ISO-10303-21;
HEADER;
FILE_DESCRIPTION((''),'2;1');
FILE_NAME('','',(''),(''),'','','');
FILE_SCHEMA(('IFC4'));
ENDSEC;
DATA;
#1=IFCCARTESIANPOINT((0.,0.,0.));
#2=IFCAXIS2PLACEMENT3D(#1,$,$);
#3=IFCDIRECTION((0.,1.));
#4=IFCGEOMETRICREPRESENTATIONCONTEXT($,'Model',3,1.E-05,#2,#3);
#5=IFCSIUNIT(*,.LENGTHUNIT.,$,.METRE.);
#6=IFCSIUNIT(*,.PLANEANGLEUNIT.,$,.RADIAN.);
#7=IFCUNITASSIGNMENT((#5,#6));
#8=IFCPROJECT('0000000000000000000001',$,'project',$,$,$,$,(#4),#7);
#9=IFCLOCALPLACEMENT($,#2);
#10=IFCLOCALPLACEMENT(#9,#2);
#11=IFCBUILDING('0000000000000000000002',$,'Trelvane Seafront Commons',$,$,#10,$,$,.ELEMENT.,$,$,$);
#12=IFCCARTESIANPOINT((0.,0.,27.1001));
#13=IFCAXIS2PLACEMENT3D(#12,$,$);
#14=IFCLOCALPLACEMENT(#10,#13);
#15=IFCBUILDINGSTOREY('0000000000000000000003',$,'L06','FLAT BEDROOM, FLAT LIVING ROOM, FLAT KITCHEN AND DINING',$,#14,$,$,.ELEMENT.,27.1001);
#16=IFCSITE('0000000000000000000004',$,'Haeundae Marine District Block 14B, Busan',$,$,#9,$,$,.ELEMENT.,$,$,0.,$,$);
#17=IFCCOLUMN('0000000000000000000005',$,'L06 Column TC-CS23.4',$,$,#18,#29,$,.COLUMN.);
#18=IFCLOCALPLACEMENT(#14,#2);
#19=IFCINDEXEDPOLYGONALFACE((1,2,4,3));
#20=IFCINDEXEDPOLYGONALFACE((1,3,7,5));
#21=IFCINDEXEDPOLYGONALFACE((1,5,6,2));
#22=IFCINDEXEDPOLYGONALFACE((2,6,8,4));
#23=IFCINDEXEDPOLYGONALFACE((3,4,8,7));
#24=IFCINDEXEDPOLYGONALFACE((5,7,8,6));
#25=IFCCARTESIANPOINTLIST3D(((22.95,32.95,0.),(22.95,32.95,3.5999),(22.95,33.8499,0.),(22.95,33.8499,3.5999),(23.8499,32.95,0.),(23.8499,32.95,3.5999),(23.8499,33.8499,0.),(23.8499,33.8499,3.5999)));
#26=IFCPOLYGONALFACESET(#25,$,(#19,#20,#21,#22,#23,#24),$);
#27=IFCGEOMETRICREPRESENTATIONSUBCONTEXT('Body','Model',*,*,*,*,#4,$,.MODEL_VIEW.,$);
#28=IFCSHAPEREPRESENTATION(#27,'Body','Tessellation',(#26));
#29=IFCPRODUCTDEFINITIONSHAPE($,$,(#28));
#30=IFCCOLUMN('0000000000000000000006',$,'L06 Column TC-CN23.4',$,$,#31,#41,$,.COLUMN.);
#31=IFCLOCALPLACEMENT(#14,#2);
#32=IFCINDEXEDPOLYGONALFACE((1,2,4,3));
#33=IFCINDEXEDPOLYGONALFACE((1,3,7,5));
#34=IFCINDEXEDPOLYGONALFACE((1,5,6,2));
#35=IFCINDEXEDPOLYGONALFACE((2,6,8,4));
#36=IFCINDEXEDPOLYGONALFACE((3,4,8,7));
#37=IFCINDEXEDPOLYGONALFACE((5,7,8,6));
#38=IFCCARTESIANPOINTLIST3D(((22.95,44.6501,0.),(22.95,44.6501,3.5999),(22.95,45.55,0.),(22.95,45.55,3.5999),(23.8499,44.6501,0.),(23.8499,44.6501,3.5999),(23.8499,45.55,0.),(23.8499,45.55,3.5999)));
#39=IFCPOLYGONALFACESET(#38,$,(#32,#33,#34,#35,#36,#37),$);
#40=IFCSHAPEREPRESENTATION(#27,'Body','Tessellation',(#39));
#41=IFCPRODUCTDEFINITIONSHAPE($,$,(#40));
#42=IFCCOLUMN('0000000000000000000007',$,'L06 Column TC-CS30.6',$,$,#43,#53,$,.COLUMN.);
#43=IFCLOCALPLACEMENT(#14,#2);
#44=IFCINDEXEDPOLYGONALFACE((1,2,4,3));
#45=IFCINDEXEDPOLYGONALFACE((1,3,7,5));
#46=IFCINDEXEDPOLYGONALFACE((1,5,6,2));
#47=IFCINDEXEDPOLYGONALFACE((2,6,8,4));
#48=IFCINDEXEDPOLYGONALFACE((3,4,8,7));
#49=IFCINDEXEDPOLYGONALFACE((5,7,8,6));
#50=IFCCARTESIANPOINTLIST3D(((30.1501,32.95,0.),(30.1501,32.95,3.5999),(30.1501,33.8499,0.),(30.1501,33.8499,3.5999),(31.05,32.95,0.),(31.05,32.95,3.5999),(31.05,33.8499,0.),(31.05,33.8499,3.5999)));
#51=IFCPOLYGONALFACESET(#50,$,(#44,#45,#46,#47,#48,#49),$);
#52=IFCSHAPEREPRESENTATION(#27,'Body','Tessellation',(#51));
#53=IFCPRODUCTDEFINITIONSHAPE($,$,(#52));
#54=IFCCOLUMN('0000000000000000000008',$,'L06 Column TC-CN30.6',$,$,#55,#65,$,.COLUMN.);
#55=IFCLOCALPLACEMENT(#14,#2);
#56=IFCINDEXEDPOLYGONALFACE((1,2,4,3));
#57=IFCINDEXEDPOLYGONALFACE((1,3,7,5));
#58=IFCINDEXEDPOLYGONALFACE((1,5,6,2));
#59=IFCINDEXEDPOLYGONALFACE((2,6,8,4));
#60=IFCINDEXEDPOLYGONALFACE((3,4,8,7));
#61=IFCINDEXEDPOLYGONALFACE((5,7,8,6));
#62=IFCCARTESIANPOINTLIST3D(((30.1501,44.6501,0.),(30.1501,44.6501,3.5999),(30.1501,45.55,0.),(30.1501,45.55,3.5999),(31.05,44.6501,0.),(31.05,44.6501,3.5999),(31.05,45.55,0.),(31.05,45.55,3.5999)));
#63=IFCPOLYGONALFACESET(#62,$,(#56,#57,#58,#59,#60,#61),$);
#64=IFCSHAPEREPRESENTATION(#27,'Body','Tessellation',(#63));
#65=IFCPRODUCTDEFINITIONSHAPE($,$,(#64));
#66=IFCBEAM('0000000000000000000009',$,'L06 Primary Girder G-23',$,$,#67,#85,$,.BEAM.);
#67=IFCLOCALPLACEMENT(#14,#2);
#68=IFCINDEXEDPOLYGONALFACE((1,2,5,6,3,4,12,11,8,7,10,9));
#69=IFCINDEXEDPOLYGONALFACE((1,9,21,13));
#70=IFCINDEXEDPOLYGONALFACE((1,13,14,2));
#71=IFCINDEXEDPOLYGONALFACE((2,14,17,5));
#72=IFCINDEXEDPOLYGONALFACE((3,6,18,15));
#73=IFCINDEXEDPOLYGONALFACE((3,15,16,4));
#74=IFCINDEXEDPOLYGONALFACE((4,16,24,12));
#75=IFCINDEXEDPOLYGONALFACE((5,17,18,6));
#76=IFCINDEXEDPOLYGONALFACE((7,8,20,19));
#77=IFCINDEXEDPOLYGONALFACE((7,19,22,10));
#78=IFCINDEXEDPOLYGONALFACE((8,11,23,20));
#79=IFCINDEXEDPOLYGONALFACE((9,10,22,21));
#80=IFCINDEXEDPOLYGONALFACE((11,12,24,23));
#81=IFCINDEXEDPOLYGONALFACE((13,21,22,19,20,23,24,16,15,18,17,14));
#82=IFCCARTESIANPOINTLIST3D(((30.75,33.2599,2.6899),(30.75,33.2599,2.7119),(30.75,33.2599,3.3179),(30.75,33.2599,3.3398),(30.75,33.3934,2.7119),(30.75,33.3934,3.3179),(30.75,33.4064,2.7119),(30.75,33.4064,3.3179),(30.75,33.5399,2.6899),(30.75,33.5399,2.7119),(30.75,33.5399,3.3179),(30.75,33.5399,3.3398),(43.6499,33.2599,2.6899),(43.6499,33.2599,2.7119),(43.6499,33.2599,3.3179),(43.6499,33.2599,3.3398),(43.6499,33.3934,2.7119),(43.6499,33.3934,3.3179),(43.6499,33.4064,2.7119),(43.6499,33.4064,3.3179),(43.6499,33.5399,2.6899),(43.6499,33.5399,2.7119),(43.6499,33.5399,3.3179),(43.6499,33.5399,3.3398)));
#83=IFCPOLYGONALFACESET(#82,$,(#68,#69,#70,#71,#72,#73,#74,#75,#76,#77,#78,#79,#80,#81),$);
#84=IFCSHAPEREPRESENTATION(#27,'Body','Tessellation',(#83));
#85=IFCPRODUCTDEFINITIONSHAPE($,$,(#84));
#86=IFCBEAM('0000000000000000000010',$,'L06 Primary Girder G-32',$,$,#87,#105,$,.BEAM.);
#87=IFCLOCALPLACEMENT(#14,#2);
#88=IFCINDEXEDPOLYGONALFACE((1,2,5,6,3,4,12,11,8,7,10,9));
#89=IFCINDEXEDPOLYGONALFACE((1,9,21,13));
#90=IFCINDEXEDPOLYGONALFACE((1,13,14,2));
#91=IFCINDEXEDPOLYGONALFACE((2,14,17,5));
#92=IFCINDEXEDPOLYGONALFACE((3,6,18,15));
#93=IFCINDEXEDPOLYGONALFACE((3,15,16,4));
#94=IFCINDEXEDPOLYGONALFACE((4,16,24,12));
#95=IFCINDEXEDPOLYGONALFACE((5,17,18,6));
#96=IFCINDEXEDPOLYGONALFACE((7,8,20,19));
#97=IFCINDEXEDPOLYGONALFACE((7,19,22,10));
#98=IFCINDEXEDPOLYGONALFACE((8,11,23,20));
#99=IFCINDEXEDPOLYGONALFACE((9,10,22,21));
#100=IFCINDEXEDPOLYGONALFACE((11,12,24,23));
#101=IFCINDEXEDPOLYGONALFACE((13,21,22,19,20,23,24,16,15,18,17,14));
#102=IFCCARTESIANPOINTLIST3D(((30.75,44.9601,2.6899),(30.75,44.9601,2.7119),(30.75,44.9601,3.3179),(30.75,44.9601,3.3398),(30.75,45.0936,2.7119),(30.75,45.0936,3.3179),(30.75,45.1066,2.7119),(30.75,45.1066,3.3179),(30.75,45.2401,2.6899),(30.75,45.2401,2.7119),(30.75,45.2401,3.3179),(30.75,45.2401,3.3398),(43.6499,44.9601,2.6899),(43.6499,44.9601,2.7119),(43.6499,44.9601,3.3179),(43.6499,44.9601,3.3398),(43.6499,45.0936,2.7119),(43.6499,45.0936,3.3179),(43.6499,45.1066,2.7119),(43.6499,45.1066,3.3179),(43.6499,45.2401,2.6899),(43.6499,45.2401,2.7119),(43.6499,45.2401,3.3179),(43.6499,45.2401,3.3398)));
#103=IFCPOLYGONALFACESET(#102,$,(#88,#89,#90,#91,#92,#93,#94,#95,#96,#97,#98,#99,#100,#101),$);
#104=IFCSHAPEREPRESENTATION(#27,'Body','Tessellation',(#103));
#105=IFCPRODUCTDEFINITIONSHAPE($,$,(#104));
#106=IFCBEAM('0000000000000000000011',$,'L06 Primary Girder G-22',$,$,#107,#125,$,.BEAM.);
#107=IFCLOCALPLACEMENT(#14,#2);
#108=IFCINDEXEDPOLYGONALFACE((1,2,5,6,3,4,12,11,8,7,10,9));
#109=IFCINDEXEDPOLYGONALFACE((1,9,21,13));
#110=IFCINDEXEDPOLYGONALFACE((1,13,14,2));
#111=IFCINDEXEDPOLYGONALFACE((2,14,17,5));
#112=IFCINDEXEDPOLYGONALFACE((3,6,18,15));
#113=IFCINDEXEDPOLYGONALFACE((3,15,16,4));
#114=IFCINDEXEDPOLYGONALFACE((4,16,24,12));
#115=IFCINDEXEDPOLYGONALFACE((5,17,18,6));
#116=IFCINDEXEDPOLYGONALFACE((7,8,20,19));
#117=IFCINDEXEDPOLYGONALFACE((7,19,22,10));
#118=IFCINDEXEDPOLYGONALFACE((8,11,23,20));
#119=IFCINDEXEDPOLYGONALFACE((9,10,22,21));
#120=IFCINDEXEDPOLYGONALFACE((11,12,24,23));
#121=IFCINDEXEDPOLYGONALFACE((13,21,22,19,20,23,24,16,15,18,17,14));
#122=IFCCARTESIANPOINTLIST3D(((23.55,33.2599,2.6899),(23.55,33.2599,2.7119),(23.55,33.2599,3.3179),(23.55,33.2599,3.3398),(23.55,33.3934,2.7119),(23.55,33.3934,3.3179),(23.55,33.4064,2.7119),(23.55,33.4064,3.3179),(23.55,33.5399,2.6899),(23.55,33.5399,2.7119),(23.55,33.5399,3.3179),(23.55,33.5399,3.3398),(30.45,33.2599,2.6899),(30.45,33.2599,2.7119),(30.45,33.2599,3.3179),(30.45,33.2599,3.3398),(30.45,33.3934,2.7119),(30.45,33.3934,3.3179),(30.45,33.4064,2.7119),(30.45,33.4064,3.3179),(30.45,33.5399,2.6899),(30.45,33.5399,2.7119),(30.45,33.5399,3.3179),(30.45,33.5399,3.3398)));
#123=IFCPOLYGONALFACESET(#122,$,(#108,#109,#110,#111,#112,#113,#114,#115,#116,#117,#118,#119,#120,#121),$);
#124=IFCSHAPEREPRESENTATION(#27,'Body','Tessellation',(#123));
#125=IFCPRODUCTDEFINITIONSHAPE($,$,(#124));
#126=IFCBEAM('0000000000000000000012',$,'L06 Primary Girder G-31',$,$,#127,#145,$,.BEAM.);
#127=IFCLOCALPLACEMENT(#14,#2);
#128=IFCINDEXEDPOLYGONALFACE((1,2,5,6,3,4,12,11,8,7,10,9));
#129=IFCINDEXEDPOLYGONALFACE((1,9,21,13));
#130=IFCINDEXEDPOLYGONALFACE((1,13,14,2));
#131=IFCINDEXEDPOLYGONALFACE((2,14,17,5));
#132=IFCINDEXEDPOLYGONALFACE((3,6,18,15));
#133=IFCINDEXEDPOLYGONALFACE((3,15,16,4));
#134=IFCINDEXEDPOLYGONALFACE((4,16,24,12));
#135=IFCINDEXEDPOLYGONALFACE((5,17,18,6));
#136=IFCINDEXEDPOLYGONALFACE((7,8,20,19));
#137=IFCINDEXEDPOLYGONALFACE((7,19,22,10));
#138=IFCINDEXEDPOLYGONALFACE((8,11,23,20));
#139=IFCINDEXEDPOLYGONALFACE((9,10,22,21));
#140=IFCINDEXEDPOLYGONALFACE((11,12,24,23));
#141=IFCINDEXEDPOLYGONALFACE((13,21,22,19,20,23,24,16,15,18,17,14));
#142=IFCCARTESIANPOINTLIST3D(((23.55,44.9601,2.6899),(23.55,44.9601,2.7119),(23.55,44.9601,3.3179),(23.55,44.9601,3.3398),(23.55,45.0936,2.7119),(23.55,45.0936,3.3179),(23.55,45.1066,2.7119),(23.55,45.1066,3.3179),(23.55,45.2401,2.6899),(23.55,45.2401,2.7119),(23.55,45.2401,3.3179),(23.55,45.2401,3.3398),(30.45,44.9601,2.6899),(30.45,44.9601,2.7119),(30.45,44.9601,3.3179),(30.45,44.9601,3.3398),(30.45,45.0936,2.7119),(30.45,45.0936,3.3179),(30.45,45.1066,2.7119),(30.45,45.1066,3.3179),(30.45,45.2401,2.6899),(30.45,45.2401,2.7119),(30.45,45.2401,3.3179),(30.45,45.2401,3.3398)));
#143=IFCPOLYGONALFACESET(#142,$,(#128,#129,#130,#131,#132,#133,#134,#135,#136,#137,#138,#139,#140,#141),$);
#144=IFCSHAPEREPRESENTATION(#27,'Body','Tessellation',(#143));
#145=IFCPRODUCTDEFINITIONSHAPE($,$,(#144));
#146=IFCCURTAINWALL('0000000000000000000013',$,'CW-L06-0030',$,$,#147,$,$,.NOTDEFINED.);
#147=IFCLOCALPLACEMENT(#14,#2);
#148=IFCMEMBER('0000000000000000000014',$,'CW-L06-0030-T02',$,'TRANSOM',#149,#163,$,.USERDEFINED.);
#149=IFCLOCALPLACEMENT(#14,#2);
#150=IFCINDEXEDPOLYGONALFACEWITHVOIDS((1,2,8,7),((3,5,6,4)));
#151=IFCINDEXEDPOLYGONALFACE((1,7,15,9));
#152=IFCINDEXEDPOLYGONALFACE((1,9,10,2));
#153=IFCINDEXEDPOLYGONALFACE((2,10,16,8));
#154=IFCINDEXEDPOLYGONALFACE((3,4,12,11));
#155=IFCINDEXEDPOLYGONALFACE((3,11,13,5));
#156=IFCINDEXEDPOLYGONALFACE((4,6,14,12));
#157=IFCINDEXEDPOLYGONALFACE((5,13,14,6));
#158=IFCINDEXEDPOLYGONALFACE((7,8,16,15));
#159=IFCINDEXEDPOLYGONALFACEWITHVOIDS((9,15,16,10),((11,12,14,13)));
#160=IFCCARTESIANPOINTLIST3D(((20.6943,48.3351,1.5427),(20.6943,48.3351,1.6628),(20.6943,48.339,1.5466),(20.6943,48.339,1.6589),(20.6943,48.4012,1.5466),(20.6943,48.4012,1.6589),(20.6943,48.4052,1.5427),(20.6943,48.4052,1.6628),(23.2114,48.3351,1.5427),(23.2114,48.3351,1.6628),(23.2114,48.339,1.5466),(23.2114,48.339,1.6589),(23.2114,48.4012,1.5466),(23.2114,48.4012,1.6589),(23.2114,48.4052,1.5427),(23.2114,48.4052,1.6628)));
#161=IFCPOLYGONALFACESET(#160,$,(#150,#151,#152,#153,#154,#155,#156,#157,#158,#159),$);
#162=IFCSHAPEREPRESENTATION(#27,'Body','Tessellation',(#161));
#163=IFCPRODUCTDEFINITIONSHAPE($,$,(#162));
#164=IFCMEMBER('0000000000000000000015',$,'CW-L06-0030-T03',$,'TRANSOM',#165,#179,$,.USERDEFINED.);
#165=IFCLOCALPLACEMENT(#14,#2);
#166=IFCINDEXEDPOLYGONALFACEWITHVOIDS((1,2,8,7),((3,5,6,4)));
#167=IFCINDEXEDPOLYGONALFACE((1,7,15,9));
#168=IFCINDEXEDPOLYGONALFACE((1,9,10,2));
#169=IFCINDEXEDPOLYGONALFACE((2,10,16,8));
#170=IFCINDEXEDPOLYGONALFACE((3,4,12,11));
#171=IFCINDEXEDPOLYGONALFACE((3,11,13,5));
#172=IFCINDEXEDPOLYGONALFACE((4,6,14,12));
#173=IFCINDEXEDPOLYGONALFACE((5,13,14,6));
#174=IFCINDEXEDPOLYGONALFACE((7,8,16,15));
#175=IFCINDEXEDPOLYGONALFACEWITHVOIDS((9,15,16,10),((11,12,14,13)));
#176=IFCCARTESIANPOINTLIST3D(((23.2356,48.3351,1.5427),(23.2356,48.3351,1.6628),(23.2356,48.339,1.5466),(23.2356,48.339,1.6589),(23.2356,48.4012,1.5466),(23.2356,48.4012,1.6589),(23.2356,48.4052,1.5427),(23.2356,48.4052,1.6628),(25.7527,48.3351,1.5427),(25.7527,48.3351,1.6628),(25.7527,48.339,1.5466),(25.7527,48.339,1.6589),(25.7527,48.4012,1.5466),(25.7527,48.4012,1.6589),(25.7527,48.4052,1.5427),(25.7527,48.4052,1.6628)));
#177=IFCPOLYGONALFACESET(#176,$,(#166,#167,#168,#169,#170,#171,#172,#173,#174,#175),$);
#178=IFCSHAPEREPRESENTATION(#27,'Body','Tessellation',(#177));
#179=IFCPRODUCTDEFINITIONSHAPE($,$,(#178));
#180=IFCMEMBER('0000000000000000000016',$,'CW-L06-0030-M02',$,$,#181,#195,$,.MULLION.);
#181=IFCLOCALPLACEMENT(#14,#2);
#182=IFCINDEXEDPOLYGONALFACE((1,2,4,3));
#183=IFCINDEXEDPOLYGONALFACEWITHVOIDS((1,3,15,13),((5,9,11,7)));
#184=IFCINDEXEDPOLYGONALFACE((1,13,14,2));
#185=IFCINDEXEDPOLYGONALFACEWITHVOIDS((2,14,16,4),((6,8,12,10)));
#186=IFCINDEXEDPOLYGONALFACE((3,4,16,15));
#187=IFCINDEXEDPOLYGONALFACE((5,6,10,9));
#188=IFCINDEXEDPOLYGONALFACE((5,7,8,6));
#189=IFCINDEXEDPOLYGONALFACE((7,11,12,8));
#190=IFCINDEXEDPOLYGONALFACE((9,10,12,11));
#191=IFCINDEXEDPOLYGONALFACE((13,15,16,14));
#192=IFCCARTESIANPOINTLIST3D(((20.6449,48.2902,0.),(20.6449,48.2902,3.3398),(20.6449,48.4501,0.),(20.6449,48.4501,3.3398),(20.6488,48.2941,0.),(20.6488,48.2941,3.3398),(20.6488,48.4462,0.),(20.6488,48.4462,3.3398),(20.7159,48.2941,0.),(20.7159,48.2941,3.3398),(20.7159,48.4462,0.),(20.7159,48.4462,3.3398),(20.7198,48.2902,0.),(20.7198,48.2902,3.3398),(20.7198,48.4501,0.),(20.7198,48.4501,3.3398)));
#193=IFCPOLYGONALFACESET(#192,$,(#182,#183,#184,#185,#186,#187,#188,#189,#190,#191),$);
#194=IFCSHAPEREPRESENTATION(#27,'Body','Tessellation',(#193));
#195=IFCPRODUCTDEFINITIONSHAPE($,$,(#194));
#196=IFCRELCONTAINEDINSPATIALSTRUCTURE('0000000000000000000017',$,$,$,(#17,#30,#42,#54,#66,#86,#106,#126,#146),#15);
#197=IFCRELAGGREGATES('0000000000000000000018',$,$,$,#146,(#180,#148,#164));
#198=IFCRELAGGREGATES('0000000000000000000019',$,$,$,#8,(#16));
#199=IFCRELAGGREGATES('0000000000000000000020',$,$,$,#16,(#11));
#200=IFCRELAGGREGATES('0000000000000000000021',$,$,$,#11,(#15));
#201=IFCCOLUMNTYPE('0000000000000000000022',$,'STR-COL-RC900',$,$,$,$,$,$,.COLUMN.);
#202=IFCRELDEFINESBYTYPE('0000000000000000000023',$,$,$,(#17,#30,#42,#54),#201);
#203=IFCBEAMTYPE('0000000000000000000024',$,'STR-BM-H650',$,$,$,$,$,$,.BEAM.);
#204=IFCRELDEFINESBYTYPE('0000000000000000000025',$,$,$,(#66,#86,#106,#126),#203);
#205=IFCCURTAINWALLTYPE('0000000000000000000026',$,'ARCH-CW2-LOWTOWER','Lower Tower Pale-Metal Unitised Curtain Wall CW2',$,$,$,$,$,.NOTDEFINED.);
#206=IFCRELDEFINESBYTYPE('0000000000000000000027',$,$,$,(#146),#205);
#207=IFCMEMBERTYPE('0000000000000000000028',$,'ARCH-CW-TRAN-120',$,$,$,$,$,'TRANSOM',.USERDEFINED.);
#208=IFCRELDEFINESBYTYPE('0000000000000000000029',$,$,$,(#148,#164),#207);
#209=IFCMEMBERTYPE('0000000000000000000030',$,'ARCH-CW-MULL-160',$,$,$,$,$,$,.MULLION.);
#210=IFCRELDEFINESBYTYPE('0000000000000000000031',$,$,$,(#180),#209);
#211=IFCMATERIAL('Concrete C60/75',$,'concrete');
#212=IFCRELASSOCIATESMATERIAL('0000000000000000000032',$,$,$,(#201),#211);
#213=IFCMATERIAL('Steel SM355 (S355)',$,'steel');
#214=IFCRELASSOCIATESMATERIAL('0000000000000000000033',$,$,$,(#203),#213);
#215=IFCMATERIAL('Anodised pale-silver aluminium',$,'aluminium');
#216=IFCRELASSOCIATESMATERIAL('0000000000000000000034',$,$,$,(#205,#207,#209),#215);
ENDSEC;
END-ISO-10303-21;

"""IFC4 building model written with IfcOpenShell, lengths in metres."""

from ifc_helpers import new_model, si_unit, direction, frame, origin, origin_2d, place, context, subcontext, project, spatial, rectangle, hollow_rectangle, i_section, extrude, source, transform, mapped, material, material_profile, profile_set, type_object, element, aggregate, save


model = new_model("IFC4")

# Units and contexts
model_context = context("Model", 3, precision=1e-05, world=origin(), true_north=direction((0.0, 1.0)))
body_context = subcontext(model_context, "Body", "Model", "MODEL_VIEW")
ifc_project = project(units=[si_unit("LENGTHUNIT", "METRE"), si_unit("PLANEANGLEUNIT", "RADIAN")], contexts=[model_context])

# Site, building, storey
site_placement = place(None, origin())
site = spatial("IfcSite", under=ifc_project, at=site_placement, Name="Haeundae Marine District Block 14B, Busan", CompositionType="ELEMENT", RefElevation=0.0)
building_placement = place(site_placement, origin())
building = spatial("IfcBuilding", under=site, at=building_placement, Name="Trelvane Seafront Commons", CompositionType="ELEMENT")
storey_placement = place(building_placement, frame((0.0, 0.0, 27.1001)))
storey = spatial("IfcBuildingStorey", under=building, at=storey_placement, Name="L06", Description="FLAT BEDROOM, FLAT LIVING ROOM, FLAT KITCHEN AND DINING", CompositionType="ELEMENT", Elevation=27.1001)

# Columns
ifc_material_1 = material(Name="Concrete C60/75", Category="concrete")
ifc_material_profile_1 = material_profile(ifc_material_1, rectangle(XDim=0.8999, YDim=0.8999, at=origin_2d()), Name="RC-900x900")
ifc_profile_set_1 = profile_set([ifc_material_profile_1], Name="Concrete C60/75")
column_type = type_object("IfcColumnType", Name="STR-COL-RC900", PredefinedType="COLUMN", material=ifc_profile_set_1)
shared_shape_1 = source(origin(), body_context, "Body", "SweptSolid", [
    extrude(rectangle(XDim=0.8999, YDim=0.8999, at=origin_2d()), origin(), (0.0, 0.0, 1.0), 3.5999),
])
for number, where, z_axis, x_axis, name in (
    (1, (23.3999, 33.3999, 0.0), (0.0, 0.0, 1.0), (1.0, 0.0, 0.0), "L06 Column TC-CS23.4"),
    (2, (23.3999, 45.1001, 0.0), (0.0, 0.0, 1.0), (1.0, 0.0, 0.0), "L06 Column TC-CN23.4"),
    (3, (30.6001, 33.3999, 0.0), (0.0, 0.0, 1.0), (1.0, 0.0, 0.0), "L06 Column TC-CS30.6"),
    (4, (30.6001, 45.1001, 0.0), (0.0, 0.0, 1.0), (1.0, 0.0, 0.0), "L06 Column TC-CN30.6"),
):
    element("IfcColumn", number, at=place(storey_placement, frame(where, z_axis=z_axis, x_axis=x_axis)), inside=storey, type_object=column_type, Name=name, PredefinedType="COLUMN", context=body_context, shape_type="MappedRepresentation", body=[
        mapped(shared_shape_1, transform((0.0, 0.0, 0.0), x_axis=(1.0, 0.0, 0.0), y_axis=(0.0, 1.0, 0.0), z_axis=(0.0, 0.0, 1.0), scale=1.0)),
    ])

# Beams
ifc_material_2 = material(Name="Steel SM355 (S355)", Category="steel")
ifc_material_profile_2 = material_profile(ifc_material_2, i_section(OverallWidth=0.28, OverallDepth=0.6499, WebThickness=0.0129, FlangeThickness=0.022, at=origin_2d()), Name="H-650x280x13x22")
ifc_profile_set_2 = profile_set([ifc_material_profile_2], Name="Steel SM355 (S355)")
beam_type = type_object("IfcBeamType", Name="STR-BM-H650", PredefinedType="BEAM", material=ifc_profile_set_2)
shared_shape_2 = source(origin(), body_context, "Body", "SweptSolid", [
    extrude(i_section(OverallWidth=0.28, OverallDepth=0.6499, WebThickness=0.0129, FlangeThickness=0.022, at=origin_2d()), origin(), (0.0, 0.0, 1.0), 12.8999),
])
for number, where, z_axis, x_axis, name in (
    (5, (30.75, 33.3999, 3.0149), (1.0, 0.0, 0.0), (0.0, 1.0, 0.0), "L06 Primary Girder G-23"),
    (6, (30.75, 45.1001, 3.0149), (1.0, 0.0, 0.0), (0.0, 1.0, 0.0), "L06 Primary Girder G-32"),
):
    element("IfcBeam", number, at=place(storey_placement, frame(where, z_axis=z_axis, x_axis=x_axis)), inside=storey, type_object=beam_type, Name=name, PredefinedType="BEAM", context=body_context, shape_type="MappedRepresentation", body=[
        mapped(shared_shape_2, transform((0.0, 0.0, 0.0), x_axis=(1.0, 0.0, 0.0), y_axis=(0.0, 1.0, 0.0), z_axis=(0.0, 0.0, 1.0), scale=1.0)),
    ])
shared_shape_3 = source(origin(), body_context, "Body", "SweptSolid", [
    extrude(i_section(OverallWidth=0.28, OverallDepth=0.6499, WebThickness=0.0129, FlangeThickness=0.022, at=origin_2d()), origin(), (0.0, 0.0, 1.0), 6.8999),
])
for number, where, z_axis, x_axis, name in (
    (7, (23.55, 33.3999, 3.0149), (1.0, 0.0, 0.0), (0.0, 1.0, 0.0), "L06 Primary Girder G-22"),
    (8, (23.55, 45.1001, 3.0149), (1.0, 0.0, 0.0), (0.0, 1.0, 0.0), "L06 Primary Girder G-31"),
):
    element("IfcBeam", number, at=place(storey_placement, frame(where, z_axis=z_axis, x_axis=x_axis)), inside=storey, type_object=beam_type, Name=name, PredefinedType="BEAM", context=body_context, shape_type="MappedRepresentation", body=[
        mapped(shared_shape_3, transform((0.0, 0.0, 0.0), x_axis=(1.0, 0.0, 0.0), y_axis=(0.0, 1.0, 0.0), z_axis=(0.0, 0.0, 1.0), scale=1.0)),
    ])

# Curtain wall, members
ifc_material_3 = material(Name="Anodised pale-silver aluminium", Category="aluminium")
curtain_wall_type = type_object("IfcCurtainWallType", Name="ARCH-CW2-LOWTOWER", Description="Lower Tower Pale-Metal Unitised Curtain Wall CW2", PredefinedType="NOTDEFINED", material=ifc_material_3)
curtain_wall_placement = place(storey_placement, origin())
curtain_wall = element("IfcCurtainWall", 9, at=curtain_wall_placement, inside=storey, type_object=curtain_wall_type, Name="CW-L06-0030", PredefinedType="NOTDEFINED")
ifc_material_profile_3 = material_profile(ifc_material_3, hollow_rectangle(XDim=0.0701, YDim=0.1201, WallThickness=0.0039, at=origin_2d()), Name="TRAN-70x120x4")
ifc_profile_set_3 = profile_set([ifc_material_profile_3], Name="Anodised pale-silver aluminium")
member_type_1 = type_object("IfcMemberType", Name="ARCH-CW-TRAN-120", ElementType="TRANSOM", PredefinedType="USERDEFINED", material=ifc_profile_set_3)
shared_shape_4 = source(origin(), body_context, "Body", "SweptSolid", [
    extrude(hollow_rectangle(XDim=0.0701, YDim=0.1201, WallThickness=0.0039, at=origin_2d()), origin(), (0.0, 0.0, 1.0), 2.5171),
])
member_1_placement = place(storey_placement, frame((20.6943, 48.3701, 1.6028), z_axis=(1.0, 0.0, 0.0), x_axis=(0.0, 1.0, 0.0)))
member_1 = element("IfcMember", 10, at=member_1_placement, type_object=member_type_1, Name="CW-L06-0030-T02", ObjectType="TRANSOM", PredefinedType="USERDEFINED", context=body_context, shape_type="MappedRepresentation", body=[
    mapped(shared_shape_4, transform((0.0, 0.0, 0.0), x_axis=(1.0, 0.0, 0.0), y_axis=(0.0, 1.0, 0.0), z_axis=(0.0, 0.0, 1.0), scale=1.0)),
])
member_2_placement = place(storey_placement, frame((23.2356, 48.3701, 1.6028), z_axis=(1.0, 0.0, 0.0), x_axis=(0.0, 1.0, 0.0)))
member_2 = element("IfcMember", 11, at=member_2_placement, type_object=member_type_1, Name="CW-L06-0030-T03", ObjectType="TRANSOM", PredefinedType="USERDEFINED", context=body_context, shape_type="MappedRepresentation", body=[
    mapped(shared_shape_4, transform((0.0, 0.0, 0.0), x_axis=(1.0, 0.0, 0.0), y_axis=(0.0, 1.0, 0.0), z_axis=(0.0, 0.0, 1.0), scale=1.0)),
])
ifc_material_profile_4 = material_profile(ifc_material_3, hollow_rectangle(XDim=0.075, YDim=0.1599, WallThickness=0.0039, at=origin_2d()), Name="MULL-75x160x4")
ifc_profile_set_4 = profile_set([ifc_material_profile_4], Name="Anodised pale-silver aluminium")
member_type_2 = type_object("IfcMemberType", Name="ARCH-CW-MULL-160", PredefinedType="MULLION", material=ifc_profile_set_4)
shared_shape_5 = source(origin(), body_context, "Body", "SweptSolid", [
    extrude(hollow_rectangle(XDim=0.075, YDim=0.1599, WallThickness=0.0039, at=origin_2d()), origin(), (0.0, 0.0, 1.0), 3.3398),
])
member_3_placement = place(storey_placement, frame((20.6824, 48.3701, 0.0), z_axis=(0.0, 0.0, 1.0), x_axis=(1.0, 0.0, 0.0)))
member_3 = element("IfcMember", 12, at=member_3_placement, type_object=member_type_2, Name="CW-L06-0030-M02", PredefinedType="MULLION", context=body_context, shape_type="MappedRepresentation", body=[
    mapped(shared_shape_5, transform((0.0, 0.0, 0.0), x_axis=(1.0, 0.0, 0.0), y_axis=(0.0, 1.0, 0.0), z_axis=(0.0, 0.0, 1.0), scale=1.0)),
])
aggregate(curtain_wall, [member_3, member_1, member_2])

save(model, "model.ifc")
